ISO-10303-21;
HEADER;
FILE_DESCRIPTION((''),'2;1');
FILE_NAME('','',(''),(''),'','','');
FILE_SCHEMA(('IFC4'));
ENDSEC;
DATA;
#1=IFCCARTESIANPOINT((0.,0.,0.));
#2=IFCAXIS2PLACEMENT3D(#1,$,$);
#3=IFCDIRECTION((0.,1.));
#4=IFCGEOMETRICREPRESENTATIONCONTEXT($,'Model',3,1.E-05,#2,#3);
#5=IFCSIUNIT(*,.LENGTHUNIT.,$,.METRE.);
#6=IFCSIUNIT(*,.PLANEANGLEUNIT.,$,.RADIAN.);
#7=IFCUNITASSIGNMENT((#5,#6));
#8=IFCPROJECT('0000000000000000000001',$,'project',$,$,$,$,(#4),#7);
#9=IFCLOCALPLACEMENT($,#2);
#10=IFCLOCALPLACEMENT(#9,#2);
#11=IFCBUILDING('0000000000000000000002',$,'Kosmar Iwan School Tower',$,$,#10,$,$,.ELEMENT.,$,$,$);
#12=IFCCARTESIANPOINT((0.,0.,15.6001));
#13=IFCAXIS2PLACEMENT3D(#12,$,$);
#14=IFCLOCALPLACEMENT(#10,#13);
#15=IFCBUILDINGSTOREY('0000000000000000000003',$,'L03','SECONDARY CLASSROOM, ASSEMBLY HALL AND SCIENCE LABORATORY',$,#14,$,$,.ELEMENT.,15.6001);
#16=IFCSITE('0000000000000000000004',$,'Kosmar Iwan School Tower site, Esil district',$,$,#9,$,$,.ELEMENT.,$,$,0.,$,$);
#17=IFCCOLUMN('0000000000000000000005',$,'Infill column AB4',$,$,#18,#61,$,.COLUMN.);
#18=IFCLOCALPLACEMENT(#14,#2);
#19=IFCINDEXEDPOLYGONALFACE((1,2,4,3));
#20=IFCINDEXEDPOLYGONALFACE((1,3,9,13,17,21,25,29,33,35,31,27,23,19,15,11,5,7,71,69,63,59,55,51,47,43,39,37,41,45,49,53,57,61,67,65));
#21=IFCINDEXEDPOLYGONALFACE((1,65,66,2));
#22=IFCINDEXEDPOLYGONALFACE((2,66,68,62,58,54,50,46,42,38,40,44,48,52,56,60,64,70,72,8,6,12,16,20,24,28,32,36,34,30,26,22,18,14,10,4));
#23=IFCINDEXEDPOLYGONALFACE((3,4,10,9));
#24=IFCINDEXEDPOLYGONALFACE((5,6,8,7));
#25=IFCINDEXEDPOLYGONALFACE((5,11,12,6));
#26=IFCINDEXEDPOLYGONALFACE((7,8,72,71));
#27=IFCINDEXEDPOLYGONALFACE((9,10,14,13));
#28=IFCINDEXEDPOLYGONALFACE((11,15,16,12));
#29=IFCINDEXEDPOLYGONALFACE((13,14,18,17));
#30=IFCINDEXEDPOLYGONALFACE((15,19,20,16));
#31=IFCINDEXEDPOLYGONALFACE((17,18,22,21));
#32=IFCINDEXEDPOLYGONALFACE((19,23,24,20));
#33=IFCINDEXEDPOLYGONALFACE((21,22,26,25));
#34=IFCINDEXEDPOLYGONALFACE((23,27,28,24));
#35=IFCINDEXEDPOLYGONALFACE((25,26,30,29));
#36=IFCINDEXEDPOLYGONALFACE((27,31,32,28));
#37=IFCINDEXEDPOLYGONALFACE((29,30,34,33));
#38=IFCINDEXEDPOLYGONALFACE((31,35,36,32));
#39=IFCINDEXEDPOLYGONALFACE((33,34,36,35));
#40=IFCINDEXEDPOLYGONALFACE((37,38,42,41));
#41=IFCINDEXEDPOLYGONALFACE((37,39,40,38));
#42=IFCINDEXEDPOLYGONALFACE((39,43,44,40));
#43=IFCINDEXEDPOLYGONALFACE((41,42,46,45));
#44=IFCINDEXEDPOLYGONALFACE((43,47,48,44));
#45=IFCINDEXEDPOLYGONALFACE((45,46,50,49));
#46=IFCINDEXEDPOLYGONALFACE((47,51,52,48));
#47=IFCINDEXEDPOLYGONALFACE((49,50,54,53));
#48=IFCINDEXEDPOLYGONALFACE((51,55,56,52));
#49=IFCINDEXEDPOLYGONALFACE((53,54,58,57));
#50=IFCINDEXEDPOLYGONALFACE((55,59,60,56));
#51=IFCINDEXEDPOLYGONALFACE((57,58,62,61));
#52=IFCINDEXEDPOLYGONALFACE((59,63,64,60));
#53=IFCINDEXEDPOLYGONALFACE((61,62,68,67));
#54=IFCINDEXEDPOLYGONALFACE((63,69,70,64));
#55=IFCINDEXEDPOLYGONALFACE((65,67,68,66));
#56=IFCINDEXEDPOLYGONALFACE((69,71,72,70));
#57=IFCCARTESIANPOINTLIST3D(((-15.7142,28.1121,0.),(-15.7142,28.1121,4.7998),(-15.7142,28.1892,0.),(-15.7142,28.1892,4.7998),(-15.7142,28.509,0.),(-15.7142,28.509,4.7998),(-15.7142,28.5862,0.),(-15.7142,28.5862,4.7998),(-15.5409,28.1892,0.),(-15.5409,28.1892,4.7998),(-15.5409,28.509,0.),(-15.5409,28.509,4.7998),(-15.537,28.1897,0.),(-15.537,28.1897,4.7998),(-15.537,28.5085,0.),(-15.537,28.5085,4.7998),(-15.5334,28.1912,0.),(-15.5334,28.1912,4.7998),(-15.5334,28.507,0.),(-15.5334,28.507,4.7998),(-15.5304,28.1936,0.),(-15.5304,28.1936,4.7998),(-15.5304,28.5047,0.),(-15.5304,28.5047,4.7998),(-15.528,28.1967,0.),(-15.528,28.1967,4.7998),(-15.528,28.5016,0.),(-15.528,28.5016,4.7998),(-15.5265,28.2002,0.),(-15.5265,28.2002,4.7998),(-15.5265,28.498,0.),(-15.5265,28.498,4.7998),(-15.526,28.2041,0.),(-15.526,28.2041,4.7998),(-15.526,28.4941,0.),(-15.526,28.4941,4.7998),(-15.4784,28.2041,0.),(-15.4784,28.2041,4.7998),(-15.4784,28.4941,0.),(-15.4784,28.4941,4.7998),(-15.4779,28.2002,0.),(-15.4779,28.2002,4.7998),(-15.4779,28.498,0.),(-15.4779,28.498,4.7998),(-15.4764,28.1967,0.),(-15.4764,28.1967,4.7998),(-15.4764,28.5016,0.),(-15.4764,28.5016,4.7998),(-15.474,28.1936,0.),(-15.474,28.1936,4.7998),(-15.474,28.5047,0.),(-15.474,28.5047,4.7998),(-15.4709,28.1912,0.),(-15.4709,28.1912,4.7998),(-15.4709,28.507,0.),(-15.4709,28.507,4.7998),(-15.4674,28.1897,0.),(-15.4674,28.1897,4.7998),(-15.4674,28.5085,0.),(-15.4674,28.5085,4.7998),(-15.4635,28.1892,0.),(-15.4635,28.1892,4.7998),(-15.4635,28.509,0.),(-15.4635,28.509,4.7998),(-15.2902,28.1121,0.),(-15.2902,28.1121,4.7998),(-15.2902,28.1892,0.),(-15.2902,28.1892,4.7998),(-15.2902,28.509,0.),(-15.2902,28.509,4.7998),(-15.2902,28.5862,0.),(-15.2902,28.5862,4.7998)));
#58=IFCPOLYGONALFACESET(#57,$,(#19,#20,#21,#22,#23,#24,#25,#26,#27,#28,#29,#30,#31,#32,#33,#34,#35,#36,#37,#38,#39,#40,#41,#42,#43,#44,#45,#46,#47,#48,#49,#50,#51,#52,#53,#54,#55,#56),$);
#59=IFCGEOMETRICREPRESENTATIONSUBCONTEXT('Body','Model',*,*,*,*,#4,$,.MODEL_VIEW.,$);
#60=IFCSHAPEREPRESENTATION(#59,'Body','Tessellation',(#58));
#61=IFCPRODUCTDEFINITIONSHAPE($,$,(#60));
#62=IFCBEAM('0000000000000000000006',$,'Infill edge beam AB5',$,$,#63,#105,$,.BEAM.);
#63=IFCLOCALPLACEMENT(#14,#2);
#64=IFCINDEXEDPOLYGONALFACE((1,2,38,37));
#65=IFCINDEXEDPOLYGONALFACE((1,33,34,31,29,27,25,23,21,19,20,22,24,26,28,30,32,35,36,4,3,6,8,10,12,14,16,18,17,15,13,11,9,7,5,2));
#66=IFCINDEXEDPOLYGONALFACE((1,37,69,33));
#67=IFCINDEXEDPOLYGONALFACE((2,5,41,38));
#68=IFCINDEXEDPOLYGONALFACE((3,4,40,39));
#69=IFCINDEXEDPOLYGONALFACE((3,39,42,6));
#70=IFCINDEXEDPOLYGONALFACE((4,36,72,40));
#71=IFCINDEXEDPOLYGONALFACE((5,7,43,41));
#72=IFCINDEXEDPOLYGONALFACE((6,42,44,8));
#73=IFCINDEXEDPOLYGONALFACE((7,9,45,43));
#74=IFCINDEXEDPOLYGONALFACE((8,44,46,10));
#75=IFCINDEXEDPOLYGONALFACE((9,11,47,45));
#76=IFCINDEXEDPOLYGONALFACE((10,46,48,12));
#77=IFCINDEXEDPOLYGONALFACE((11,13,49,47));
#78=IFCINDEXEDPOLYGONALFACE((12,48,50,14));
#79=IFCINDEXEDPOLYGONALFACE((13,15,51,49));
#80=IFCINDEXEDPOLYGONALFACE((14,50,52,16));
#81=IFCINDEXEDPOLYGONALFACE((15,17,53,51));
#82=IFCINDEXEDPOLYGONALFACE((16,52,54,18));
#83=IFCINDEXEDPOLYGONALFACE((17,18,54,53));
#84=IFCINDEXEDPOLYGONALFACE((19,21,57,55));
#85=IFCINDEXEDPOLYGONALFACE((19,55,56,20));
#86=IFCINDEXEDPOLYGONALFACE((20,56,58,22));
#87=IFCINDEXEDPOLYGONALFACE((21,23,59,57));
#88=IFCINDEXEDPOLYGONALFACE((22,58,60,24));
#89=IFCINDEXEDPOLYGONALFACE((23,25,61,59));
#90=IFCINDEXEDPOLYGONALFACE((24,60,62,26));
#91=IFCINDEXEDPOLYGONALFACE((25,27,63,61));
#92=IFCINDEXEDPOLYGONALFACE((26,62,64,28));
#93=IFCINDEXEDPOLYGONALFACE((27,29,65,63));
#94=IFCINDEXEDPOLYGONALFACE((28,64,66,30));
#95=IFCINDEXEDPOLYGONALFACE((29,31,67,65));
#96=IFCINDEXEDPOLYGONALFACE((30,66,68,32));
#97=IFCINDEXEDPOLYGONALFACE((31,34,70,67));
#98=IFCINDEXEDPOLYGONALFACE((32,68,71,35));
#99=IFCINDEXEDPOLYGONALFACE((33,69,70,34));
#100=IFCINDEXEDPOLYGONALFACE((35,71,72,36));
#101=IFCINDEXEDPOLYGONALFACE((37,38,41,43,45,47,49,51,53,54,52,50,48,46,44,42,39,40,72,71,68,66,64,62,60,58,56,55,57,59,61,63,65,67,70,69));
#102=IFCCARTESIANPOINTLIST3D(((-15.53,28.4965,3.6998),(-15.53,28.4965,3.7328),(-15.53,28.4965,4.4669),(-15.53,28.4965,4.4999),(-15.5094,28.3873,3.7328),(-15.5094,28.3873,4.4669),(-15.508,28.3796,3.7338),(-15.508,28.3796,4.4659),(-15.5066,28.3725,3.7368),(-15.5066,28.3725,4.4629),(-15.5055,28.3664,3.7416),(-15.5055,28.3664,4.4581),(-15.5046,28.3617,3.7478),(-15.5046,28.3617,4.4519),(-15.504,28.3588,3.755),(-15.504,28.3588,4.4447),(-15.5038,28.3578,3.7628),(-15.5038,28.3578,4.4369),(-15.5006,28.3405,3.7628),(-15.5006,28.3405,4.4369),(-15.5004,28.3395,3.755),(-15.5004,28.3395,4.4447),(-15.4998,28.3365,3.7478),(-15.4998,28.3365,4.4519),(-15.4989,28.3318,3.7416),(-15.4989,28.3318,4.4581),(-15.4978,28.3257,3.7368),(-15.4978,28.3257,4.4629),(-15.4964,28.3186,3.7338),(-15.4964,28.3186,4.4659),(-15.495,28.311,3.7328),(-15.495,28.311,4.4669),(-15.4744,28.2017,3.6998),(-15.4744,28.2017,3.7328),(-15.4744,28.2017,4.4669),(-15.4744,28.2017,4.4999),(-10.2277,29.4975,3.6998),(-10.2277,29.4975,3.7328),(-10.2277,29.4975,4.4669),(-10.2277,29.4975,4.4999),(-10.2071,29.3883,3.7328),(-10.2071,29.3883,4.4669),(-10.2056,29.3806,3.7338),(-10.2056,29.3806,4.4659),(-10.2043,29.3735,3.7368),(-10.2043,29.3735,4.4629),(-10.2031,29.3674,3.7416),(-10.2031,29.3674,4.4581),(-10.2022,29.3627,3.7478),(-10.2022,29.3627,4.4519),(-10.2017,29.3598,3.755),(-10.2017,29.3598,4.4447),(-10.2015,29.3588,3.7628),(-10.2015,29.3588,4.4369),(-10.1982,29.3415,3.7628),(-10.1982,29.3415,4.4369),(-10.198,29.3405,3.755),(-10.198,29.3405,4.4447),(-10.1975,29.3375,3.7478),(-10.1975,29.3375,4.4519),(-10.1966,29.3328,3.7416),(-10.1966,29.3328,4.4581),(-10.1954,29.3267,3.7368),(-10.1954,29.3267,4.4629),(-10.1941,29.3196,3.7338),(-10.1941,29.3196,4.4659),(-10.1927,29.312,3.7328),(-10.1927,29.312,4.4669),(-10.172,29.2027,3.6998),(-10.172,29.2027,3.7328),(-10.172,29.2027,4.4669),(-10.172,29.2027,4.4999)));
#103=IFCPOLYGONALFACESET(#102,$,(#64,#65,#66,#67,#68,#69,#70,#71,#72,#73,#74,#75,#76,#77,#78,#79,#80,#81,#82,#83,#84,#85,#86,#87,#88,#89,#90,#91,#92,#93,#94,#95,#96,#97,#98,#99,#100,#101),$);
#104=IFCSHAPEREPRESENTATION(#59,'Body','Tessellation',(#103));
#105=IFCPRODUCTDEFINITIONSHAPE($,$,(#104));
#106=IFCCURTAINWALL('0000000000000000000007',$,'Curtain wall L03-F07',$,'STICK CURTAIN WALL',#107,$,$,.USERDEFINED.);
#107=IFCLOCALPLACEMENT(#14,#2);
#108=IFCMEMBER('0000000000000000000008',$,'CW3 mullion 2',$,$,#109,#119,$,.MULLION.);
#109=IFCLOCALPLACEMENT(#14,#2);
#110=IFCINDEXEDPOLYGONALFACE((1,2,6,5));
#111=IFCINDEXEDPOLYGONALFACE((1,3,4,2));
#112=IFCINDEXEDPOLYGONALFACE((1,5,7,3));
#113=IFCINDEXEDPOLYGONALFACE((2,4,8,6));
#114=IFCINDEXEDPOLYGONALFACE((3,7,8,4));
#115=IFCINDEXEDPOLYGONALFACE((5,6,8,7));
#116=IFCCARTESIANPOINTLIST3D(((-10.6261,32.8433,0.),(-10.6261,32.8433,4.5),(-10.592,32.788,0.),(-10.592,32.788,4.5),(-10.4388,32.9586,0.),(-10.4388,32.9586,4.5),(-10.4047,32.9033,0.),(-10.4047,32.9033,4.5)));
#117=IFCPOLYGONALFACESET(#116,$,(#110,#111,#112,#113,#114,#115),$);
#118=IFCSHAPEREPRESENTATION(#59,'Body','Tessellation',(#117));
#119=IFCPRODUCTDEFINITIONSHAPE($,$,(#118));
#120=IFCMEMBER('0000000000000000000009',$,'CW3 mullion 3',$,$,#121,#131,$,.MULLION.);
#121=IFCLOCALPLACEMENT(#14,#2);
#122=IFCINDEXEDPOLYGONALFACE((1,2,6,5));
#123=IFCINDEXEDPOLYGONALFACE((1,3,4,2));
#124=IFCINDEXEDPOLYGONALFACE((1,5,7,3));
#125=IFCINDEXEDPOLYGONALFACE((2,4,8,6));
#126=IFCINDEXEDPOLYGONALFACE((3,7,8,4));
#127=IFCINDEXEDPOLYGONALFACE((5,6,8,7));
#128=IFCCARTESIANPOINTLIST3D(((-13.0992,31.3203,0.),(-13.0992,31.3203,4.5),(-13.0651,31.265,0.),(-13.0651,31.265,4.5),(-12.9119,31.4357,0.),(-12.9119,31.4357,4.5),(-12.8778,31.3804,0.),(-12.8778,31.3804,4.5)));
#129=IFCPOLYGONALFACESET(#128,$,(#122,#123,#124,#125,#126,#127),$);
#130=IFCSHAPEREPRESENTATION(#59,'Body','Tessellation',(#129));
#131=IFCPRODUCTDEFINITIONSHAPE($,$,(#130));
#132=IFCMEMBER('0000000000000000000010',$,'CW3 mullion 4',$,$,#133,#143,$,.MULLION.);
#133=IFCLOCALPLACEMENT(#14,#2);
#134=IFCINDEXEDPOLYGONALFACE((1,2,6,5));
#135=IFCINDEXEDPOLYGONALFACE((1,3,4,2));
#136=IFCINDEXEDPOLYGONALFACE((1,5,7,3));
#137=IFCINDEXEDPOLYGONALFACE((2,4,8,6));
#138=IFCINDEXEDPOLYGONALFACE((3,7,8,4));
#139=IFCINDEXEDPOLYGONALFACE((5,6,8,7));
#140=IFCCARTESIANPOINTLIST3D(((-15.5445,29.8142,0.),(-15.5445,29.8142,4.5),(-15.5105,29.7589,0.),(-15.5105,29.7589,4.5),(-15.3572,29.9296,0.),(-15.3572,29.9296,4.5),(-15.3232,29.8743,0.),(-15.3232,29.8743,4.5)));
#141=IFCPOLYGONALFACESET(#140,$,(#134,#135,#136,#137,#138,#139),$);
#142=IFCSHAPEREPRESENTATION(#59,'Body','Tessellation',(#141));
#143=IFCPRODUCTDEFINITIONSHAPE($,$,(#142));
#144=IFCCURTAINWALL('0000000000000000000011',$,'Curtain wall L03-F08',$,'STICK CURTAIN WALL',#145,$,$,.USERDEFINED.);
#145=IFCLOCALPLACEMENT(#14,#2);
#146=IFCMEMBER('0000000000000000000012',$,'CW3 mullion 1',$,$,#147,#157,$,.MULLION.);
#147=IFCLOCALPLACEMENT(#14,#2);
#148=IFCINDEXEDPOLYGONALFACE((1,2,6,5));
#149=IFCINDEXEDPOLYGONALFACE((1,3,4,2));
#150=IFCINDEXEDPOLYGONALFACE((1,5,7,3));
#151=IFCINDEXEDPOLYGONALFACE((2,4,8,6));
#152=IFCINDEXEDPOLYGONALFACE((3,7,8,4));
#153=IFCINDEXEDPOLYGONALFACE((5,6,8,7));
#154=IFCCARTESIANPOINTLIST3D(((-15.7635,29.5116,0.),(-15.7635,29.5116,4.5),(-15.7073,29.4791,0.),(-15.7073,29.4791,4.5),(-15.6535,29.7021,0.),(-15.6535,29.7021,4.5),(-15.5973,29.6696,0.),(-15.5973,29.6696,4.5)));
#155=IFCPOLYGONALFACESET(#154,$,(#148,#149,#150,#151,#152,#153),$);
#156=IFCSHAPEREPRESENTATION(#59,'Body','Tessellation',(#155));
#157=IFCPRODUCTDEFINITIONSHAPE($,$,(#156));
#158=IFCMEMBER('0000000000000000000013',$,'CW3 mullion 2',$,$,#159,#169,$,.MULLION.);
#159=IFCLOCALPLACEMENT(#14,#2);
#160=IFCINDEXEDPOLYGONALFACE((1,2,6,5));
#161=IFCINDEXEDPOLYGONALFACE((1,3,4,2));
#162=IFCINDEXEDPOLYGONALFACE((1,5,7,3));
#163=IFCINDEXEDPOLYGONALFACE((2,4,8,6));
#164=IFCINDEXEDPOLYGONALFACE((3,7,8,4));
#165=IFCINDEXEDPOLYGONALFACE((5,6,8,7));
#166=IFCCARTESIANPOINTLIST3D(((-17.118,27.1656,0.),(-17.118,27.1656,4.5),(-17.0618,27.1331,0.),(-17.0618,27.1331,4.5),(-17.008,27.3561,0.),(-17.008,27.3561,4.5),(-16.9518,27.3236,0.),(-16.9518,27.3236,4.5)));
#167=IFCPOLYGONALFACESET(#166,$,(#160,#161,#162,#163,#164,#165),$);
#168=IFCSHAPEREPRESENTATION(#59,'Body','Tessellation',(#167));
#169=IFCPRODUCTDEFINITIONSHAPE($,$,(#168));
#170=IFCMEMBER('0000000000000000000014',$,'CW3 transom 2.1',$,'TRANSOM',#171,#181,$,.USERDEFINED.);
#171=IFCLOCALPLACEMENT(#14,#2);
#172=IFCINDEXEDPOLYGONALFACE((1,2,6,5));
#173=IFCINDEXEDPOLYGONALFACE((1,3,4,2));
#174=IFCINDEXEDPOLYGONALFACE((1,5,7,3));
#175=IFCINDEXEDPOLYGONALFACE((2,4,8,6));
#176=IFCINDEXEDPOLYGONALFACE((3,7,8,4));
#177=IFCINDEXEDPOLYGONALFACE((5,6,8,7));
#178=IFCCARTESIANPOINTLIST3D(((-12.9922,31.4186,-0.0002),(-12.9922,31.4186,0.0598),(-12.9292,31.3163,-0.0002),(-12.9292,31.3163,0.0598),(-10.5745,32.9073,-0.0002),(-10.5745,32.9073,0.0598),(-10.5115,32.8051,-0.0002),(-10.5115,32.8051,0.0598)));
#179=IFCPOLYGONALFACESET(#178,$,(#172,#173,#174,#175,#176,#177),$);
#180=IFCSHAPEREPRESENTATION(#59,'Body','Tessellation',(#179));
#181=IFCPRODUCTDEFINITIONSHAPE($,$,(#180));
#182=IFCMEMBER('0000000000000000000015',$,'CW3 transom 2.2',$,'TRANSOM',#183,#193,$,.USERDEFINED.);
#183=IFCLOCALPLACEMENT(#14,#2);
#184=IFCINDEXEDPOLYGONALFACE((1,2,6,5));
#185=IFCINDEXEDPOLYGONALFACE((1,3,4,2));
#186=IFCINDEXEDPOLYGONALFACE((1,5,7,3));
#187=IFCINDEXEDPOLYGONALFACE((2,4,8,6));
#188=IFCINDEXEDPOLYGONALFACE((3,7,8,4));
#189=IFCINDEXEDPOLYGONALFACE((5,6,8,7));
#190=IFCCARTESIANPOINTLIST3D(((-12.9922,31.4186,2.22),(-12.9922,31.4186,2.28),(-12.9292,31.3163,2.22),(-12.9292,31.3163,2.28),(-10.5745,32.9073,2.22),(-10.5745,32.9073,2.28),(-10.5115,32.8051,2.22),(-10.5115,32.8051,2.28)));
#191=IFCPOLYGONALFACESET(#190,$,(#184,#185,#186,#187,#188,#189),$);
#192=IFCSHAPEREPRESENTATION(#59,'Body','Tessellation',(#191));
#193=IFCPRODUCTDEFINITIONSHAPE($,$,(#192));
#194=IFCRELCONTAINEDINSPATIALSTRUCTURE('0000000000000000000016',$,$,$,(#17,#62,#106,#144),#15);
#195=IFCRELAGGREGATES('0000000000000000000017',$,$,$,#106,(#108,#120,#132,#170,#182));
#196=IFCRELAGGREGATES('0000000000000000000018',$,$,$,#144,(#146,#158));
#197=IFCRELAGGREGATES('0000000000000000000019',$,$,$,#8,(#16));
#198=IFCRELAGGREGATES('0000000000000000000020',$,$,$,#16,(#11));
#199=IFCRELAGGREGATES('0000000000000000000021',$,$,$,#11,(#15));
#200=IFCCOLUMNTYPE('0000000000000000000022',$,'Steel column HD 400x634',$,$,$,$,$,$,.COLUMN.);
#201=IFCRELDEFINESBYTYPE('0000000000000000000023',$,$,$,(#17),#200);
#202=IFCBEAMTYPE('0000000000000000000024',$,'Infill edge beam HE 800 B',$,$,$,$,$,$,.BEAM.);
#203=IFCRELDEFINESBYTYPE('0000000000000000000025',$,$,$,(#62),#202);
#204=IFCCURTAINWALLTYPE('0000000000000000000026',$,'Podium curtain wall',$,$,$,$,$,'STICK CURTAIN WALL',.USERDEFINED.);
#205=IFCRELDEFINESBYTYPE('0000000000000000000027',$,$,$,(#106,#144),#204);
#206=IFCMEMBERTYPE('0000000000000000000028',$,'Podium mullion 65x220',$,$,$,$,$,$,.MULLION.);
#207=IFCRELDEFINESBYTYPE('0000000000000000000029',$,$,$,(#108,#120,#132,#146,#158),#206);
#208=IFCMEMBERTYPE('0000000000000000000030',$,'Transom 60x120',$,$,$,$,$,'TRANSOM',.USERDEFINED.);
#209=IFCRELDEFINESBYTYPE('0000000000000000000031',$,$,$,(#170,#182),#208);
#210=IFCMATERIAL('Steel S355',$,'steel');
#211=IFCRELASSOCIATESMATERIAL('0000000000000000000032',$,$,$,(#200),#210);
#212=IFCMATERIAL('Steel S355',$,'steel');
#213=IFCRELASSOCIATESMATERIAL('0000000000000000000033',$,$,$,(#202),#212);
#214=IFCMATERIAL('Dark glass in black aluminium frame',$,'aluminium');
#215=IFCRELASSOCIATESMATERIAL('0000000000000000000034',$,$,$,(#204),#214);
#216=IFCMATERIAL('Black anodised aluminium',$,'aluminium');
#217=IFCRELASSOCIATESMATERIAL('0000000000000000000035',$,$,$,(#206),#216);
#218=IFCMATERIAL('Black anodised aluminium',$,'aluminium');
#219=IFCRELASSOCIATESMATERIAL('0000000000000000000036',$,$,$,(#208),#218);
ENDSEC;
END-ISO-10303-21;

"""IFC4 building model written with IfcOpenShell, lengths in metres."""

from ifc_helpers import new_model, si_unit, direction, frame, origin, origin_2d, place, context, subcontext, project, spatial, rectangle, i_section, extrude, material, material_profile, profile_set, type_object, element, aggregate, save


model = new_model("IFC4")

# Units and contexts
model_context = context("Model", 3, precision=1e-05, world=origin(), true_north=direction((0.0, 1.0)))
body_context = subcontext(model_context, "Body", "Model", "MODEL_VIEW")
ifc_project = project(units=[si_unit("LENGTHUNIT", "METRE"), si_unit("PLANEANGLEUNIT", "RADIAN")], contexts=[model_context])

# Site, building, storey
site_placement = place(None, origin())
site = spatial("IfcSite", under=ifc_project, at=site_placement, Name="Kosmar Iwan School Tower site, Esil district", CompositionType="ELEMENT", RefElevation=0.0)
building_placement = place(site_placement, origin())
building = spatial("IfcBuilding", under=site, at=building_placement, Name="Kosmar Iwan School Tower", CompositionType="ELEMENT")
storey_placement = place(building_placement, frame((0.0, 0.0, 15.6001)))
storey = spatial("IfcBuildingStorey", under=building, at=storey_placement, Name="L03", Description="SECONDARY CLASSROOM, ASSEMBLY HALL AND SCIENCE LABORATORY", CompositionType="ELEMENT", Elevation=15.6001)

# Column
ifc_material_1 = material(Name="Steel S355", Category="steel")
ifc_material_profile_1 = material_profile(ifc_material_1, i_section(OverallWidth=0.4241, OverallDepth=0.4741, WebThickness=0.0476, FlangeThickness=0.0771, FilletRadius=0.0149, at=origin_2d()), Name="HD 400x634")
ifc_profile_set_1 = profile_set([ifc_material_profile_1], Name="Steel S355")
column_type = type_object("IfcColumnType", Name="Steel column HD 400x634", PredefinedType="COLUMN", material=ifc_profile_set_1)
column_placement = place(storey_placement, frame((-15.5022, 28.3491, 0.0), z_axis=(0.0, 0.0, 1.0), x_axis=(1.0, 0.0, 0.0)))
element("IfcColumn", 1, at=column_placement, inside=storey, type_object=column_type, Name="Infill column AB4", PredefinedType="COLUMN", context=body_context, shape_type="SweptSolid", body=[
    extrude(i_section(OverallWidth=0.4241, OverallDepth=0.4741, WebThickness=0.0476, FlangeThickness=0.0771, FilletRadius=0.0149, at=origin_2d()), origin(), (0.0, 0.0, 1.0), 4.7998),
])

# Beam
ifc_material_2 = material(Name="Steel S355", Category="steel")
ifc_material_profile_2 = material_profile(ifc_material_2, i_section(OverallWidth=0.3, OverallDepth=0.8, WebThickness=0.0176, FlangeThickness=0.033, FilletRadius=0.03, at=origin_2d()), Name="HE 800 B")
ifc_profile_set_2 = profile_set([ifc_material_profile_2], Name="Steel S355")
beam_type = type_object("IfcBeamType", Name="Infill edge beam HE 800 B", PredefinedType="BEAM", material=ifc_profile_set_2)
beam_placement = place(storey_placement, frame((-15.5022, 28.3491, 4.0999), z_axis=(0.982643, 0.185507, 0.0), x_axis=(-0.185507, 0.982643, 0.0)))
element("IfcBeam", 2, at=beam_placement, inside=storey, type_object=beam_type, Name="Infill edge beam AB5", PredefinedType="BEAM", context=body_context, shape_type="SweptSolid", body=[
    extrude(i_section(OverallWidth=0.3, OverallDepth=0.8, WebThickness=0.0176, FlangeThickness=0.033, FilletRadius=0.03, at=origin_2d()), origin(), (0.0, 0.0, 1.0), 5.396),
])

# Curtain walls, members
ifc_material_3 = material(Name="Dark glass in black aluminium frame", Category="aluminium")
curtain_wall_type = type_object("IfcCurtainWallType", Name="Podium curtain wall", ElementType="STICK CURTAIN WALL", PredefinedType="USERDEFINED", material=ifc_material_3)
curtain_wall_1_placement = place(storey_placement, origin())
curtain_wall_1 = element("IfcCurtainWall", 3, at=curtain_wall_1_placement, inside=storey, type_object=curtain_wall_type, Name="Curtain wall L03-F07", ObjectType="STICK CURTAIN WALL", PredefinedType="USERDEFINED")
ifc_material_4 = material(Name="Black anodised aluminium", Category="aluminium")
ifc_material_profile_3 = material_profile(ifc_material_4, rectangle(XDim=0.0649, YDim=0.22, at=origin_2d()), Name="MULLION 65x220")
ifc_profile_set_3 = profile_set([ifc_material_profile_3], Name="Black anodised aluminium")
member_type_1 = type_object("IfcMemberType", Name="Podium mullion 65x220", PredefinedType="MULLION", material=ifc_profile_set_3)
member_1_placement = place(storey_placement, frame((-10.5154, 32.8733, 0.0), z_axis=(0.0, 0.0, 1.0), x_axis=(0.524382, -0.851483, 0.0)))
member_1 = element("IfcMember", 4, at=member_1_placement, type_object=member_type_1, Name="CW3 mullion 2", PredefinedType="MULLION", context=body_context, shape_type="SweptSolid", body=[
    extrude(rectangle(XDim=0.0649, YDim=0.22, at=origin_2d()), origin(), (0.0, 0.0, 1.0), 4.5),
])
member_2_placement = place(storey_placement, frame((-12.9885, 31.3503, 0.0), z_axis=(0.0, 0.0, 1.0), x_axis=(0.524382, -0.851483, 0.0)))
member_2 = element("IfcMember", 5, at=member_2_placement, type_object=member_type_1, Name="CW3 mullion 3", PredefinedType="MULLION", context=body_context, shape_type="SweptSolid", body=[
    extrude(rectangle(XDim=0.0649, YDim=0.22, at=origin_2d()), origin(), (0.0, 0.0, 1.0), 4.5),
])
member_3_placement = place(storey_placement, frame((-15.4338, 29.8442, 0.0), z_axis=(0.0, 0.0, 1.0), x_axis=(0.524382, -0.851483, 0.0)))
member_3 = element("IfcMember", 6, at=member_3_placement, type_object=member_type_1, Name="CW3 mullion 4", PredefinedType="MULLION", context=body_context, shape_type="SweptSolid", body=[
    extrude(rectangle(XDim=0.0649, YDim=0.22, at=origin_2d()), origin(), (0.0, 0.0, 1.0), 4.5),
])
curtain_wall_2_placement = place(storey_placement, origin())
curtain_wall_2 = element("IfcCurtainWall", 7, at=curtain_wall_2_placement, inside=storey, type_object=curtain_wall_type, Name="Curtain wall L03-F08", ObjectType="STICK CURTAIN WALL", PredefinedType="USERDEFINED")
member_4_placement = place(storey_placement, frame((-15.6804, 29.5906, 0.0), z_axis=(0.0, 0.0, 1.0), x_axis=(0.866025, -0.5, 0.0)))
member_4 = element("IfcMember", 8, at=member_4_placement, type_object=member_type_1, Name="CW3 mullion 1", PredefinedType="MULLION", context=body_context, shape_type="SweptSolid", body=[
    extrude(rectangle(XDim=0.0649, YDim=0.22, at=origin_2d()), origin(), (0.0, 0.0, 1.0), 4.5),
])
member_5_placement = place(storey_placement, frame((-17.0349, 27.2446, 0.0), z_axis=(0.0, 0.0, 1.0), x_axis=(0.866025, -0.5, 0.0)))
member_5 = element("IfcMember", 9, at=member_5_placement, type_object=member_type_1, Name="CW3 mullion 2", PredefinedType="MULLION", context=body_context, shape_type="SweptSolid", body=[
    extrude(rectangle(XDim=0.0649, YDim=0.22, at=origin_2d()), origin(), (0.0, 0.0, 1.0), 4.5),
])

# Members
ifc_material_5 = material(Name="Black anodised aluminium", Category="aluminium")
ifc_material_profile_4 = material_profile(ifc_material_5, rectangle(XDim=0.1201, YDim=0.0601, at=origin_2d()), Name="TRANSOM 60x120")
ifc_profile_set_4 = profile_set([ifc_material_profile_4], Name="Black anodised aluminium")
member_type_2 = type_object("IfcMemberType", Name="Transom 60x120", ElementType="TRANSOM", PredefinedType="USERDEFINED", material=ifc_profile_set_4)
member_6_placement = place(storey_placement, frame((-10.543, 32.8562, 0.0298), z_axis=(-0.851511, -0.524337, 0.0), x_axis=(0.524337, -0.851511, 0.0)))
member_6 = element("IfcMember", 10, at=member_6_placement, type_object=member_type_2, Name="CW3 transom 2.1", ObjectType="TRANSOM", PredefinedType="USERDEFINED", context=body_context, shape_type="SweptSolid", body=[
    extrude(rectangle(XDim=0.1201, YDim=0.0601, at=origin_2d()), origin(), (0.0, 0.0, 1.0), 2.8394),
])
member_7_placement = place(storey_placement, frame((-10.543, 32.8562, 2.25), z_axis=(-0.851511, -0.524337, 0.0), x_axis=(0.524337, -0.851511, 0.0)))
member_7 = element("IfcMember", 11, at=member_7_placement, type_object=member_type_2, Name="CW3 transom 2.2", ObjectType="TRANSOM", PredefinedType="USERDEFINED", context=body_context, shape_type="SweptSolid", body=[
    extrude(rectangle(XDim=0.1201, YDim=0.0601, at=origin_2d()), origin(), (0.0, 0.0, 1.0), 2.8394),
])

aggregate(curtain_wall_1, [member_1, member_2, member_3, member_6, member_7])
aggregate(curtain_wall_2, [member_4, member_5])

save(model, "model.ifc")
